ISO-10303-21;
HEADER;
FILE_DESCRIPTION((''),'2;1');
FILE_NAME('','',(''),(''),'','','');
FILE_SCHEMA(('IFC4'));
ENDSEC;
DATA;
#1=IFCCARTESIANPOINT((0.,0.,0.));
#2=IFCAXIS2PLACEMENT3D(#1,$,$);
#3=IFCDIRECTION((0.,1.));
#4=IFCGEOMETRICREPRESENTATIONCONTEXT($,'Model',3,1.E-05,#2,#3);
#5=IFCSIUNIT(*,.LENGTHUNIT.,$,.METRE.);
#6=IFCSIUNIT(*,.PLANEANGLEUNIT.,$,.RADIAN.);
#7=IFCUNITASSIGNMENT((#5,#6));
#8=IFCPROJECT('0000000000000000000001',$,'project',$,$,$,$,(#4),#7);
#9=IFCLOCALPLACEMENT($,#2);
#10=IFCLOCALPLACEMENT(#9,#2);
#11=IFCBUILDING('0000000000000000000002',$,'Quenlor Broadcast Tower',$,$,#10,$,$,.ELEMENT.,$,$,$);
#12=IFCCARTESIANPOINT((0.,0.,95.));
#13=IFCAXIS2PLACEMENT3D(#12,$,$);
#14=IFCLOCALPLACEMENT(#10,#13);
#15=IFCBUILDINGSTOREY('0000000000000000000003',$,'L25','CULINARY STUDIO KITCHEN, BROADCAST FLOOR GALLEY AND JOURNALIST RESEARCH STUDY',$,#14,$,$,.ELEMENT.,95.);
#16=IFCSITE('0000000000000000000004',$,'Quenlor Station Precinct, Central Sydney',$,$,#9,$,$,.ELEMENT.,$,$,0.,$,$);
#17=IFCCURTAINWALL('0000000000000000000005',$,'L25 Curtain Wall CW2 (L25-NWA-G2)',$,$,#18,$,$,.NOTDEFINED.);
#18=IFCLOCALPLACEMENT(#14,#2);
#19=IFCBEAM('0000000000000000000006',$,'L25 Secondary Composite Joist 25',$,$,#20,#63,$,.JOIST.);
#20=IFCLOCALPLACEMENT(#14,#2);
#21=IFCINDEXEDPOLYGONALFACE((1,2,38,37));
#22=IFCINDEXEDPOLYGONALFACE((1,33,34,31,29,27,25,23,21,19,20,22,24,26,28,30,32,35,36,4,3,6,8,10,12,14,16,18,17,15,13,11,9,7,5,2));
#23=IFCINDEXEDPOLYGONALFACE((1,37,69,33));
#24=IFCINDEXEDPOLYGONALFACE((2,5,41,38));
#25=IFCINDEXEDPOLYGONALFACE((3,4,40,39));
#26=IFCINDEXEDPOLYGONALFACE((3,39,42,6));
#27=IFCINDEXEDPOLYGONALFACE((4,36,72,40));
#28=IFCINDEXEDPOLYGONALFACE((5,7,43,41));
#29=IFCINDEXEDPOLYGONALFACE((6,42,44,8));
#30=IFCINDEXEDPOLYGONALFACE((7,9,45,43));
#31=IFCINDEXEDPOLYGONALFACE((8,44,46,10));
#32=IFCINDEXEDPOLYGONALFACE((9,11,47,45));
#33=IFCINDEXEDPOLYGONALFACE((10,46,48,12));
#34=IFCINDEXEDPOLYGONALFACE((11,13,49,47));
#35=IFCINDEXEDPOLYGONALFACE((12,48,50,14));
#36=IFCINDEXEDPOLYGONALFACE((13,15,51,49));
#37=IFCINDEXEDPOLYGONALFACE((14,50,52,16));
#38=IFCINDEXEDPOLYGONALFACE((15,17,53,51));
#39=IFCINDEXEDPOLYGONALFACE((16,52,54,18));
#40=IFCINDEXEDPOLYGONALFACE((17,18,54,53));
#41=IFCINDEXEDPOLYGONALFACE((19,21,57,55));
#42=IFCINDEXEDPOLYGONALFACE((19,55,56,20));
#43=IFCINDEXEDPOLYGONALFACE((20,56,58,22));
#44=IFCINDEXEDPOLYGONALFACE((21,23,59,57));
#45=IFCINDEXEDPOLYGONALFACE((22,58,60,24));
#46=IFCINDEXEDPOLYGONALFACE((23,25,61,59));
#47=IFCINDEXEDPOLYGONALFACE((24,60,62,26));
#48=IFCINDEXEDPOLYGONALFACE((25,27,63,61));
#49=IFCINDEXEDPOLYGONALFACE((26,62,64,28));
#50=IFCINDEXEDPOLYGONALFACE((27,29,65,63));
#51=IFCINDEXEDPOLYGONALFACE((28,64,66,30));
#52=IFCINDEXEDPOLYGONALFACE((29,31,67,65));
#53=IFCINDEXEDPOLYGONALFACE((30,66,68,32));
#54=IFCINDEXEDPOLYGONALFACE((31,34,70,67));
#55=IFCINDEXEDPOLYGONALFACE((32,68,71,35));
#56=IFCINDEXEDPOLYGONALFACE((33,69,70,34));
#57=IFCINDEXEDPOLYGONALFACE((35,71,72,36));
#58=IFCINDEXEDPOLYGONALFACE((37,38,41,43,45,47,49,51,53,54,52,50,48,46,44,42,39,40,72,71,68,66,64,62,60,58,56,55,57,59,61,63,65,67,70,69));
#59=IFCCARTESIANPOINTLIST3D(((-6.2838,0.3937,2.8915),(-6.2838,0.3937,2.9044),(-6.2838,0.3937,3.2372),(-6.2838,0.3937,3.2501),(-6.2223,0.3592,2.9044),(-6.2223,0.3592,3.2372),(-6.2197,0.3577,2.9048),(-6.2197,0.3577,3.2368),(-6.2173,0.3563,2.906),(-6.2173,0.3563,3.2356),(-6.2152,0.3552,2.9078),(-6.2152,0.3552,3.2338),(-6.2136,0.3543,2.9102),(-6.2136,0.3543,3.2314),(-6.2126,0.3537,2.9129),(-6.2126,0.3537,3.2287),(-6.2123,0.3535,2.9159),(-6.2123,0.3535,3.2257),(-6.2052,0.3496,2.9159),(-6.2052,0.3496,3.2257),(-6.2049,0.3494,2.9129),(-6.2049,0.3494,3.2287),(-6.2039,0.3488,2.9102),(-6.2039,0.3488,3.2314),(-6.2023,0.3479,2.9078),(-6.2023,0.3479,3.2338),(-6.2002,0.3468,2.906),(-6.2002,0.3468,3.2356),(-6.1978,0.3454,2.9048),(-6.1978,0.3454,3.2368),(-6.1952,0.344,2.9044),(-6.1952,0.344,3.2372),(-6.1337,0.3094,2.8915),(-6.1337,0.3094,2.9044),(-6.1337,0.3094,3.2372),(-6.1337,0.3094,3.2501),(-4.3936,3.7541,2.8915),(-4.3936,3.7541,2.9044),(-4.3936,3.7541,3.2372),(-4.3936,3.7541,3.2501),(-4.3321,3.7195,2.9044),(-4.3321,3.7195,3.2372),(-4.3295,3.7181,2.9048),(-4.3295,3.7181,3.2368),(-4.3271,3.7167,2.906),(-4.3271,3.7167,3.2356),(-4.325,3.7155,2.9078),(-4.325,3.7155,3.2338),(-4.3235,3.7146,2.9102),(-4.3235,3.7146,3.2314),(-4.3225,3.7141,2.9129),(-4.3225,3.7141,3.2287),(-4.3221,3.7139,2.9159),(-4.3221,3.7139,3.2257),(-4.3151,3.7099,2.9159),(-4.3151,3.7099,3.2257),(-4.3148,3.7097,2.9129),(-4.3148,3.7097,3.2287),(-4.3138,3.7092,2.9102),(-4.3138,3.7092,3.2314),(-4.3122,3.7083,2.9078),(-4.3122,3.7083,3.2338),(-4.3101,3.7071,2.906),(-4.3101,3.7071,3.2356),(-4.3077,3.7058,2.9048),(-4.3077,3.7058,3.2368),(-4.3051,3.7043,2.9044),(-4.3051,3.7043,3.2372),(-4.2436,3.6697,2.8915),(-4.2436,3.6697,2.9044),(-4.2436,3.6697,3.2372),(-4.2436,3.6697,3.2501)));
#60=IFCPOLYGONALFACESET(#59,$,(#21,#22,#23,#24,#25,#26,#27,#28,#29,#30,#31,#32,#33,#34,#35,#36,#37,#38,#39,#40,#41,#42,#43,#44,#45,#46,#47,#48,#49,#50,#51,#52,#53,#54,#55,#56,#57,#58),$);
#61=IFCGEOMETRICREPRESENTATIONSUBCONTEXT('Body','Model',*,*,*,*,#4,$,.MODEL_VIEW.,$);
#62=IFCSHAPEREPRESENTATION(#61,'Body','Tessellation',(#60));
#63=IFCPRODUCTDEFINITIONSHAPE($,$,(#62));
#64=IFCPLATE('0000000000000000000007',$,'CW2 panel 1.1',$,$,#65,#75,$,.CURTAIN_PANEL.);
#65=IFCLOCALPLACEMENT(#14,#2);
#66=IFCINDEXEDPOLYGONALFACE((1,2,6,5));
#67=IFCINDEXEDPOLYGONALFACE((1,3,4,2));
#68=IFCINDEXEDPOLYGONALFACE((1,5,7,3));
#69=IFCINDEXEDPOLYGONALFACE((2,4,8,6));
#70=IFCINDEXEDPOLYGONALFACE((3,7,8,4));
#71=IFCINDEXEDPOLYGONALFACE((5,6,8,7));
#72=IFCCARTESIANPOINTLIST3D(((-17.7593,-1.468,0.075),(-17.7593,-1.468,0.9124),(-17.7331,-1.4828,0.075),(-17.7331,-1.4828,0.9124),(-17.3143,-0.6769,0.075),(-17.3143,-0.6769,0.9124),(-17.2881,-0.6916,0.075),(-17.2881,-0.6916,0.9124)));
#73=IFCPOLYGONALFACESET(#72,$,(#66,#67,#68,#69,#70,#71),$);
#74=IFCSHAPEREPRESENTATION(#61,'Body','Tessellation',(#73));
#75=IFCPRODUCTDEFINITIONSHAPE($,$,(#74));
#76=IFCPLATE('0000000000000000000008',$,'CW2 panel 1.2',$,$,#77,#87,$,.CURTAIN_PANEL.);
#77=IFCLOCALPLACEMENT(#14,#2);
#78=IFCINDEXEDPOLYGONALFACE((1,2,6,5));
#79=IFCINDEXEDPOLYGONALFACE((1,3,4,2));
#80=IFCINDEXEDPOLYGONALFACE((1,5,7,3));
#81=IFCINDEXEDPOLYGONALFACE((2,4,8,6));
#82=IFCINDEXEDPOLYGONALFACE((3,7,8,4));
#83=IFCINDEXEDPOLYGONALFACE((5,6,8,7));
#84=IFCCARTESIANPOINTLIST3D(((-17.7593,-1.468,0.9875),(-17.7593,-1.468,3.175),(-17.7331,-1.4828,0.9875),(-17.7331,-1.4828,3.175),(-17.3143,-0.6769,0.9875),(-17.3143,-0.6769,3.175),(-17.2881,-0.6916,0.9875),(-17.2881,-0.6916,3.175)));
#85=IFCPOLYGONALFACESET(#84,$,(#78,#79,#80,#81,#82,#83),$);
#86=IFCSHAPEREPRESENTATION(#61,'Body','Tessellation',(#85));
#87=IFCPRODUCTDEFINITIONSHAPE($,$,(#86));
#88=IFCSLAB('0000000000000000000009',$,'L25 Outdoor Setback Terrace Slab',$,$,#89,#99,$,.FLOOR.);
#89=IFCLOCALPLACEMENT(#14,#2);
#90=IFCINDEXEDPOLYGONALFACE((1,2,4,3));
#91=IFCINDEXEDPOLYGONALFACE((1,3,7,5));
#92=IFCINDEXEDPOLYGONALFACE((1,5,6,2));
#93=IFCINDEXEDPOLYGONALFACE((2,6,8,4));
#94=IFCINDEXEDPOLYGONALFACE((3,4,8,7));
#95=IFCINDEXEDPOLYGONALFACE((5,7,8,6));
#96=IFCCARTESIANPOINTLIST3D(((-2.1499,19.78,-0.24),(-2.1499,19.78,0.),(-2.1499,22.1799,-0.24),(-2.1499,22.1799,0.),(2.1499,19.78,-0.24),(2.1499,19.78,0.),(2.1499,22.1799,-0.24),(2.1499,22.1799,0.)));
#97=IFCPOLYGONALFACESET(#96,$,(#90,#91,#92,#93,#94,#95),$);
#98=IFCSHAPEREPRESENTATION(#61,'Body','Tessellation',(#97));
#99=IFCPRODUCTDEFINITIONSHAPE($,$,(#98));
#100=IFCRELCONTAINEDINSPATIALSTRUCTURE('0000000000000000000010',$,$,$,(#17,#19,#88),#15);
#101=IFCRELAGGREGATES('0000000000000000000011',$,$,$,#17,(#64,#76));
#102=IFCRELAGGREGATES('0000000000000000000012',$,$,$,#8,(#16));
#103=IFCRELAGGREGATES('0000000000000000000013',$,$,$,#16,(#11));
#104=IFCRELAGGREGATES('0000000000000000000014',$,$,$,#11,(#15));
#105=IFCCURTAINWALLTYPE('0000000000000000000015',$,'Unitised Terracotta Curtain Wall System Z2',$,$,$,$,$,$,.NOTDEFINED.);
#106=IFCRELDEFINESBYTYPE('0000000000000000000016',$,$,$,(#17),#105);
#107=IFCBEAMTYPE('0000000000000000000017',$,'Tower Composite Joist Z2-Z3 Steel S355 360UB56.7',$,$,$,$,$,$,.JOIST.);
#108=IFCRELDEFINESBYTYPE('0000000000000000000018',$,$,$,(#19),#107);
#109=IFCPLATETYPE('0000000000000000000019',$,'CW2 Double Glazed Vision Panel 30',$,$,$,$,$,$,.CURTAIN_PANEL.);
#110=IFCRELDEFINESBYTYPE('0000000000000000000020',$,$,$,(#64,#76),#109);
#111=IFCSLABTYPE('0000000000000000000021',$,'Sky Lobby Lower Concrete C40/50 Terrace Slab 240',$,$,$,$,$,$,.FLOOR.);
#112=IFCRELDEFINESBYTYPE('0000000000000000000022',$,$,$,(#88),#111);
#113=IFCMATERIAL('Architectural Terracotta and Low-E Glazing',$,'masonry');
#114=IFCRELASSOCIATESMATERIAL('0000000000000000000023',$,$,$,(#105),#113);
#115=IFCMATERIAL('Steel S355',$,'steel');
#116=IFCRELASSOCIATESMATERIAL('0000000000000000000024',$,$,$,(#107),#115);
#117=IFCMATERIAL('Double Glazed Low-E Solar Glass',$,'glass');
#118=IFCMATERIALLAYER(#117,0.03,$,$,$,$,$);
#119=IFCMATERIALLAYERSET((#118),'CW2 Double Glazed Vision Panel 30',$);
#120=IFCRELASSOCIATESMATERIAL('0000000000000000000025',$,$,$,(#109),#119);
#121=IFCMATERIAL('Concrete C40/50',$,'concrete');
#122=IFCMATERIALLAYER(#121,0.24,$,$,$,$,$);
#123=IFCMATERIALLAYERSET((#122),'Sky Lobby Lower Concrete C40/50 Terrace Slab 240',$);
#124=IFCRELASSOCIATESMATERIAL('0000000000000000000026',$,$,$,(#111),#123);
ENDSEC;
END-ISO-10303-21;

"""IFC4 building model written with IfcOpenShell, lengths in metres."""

from ifc_helpers import new_model, si_unit, direction, frame, origin, origin_2d, place, context, subcontext, project, spatial, polyline, rectangle, i_section, outline, extrude, material, layer, layer_set, material_profile, profile_set, type_object, element, aggregate, save


model = new_model("IFC4")

# Units and contexts
model_context = context("Model", 3, precision=1e-05, world=origin(), true_north=direction((0.0, 1.0)))
body_context = subcontext(model_context, "Body", "Model", "MODEL_VIEW")
ifc_project = project(units=[si_unit("LENGTHUNIT", "METRE"), si_unit("PLANEANGLEUNIT", "RADIAN")], contexts=[model_context])

# Site, building, storey
site_placement = place(None, origin())
site = spatial("IfcSite", under=ifc_project, at=site_placement, Name="Quenlor Station Precinct, Central Sydney", CompositionType="ELEMENT", RefElevation=0.0)
building_placement = place(site_placement, origin())
building = spatial("IfcBuilding", under=site, at=building_placement, Name="Quenlor Broadcast Tower", CompositionType="ELEMENT")
storey_placement = place(building_placement, frame((0.0, 0.0, 95.0)))
storey = spatial("IfcBuildingStorey", under=building, at=storey_placement, Name="L25", Description="CULINARY STUDIO KITCHEN, BROADCAST FLOOR GALLEY AND JOURNALIST RESEARCH STUDY", CompositionType="ELEMENT", Elevation=95.0)

# Curtain wall
ifc_material_1 = material(Name="Architectural Terracotta and Low-E Glazing", Category="masonry")
curtain_wall_type = type_object("IfcCurtainWallType", Name="Unitised Terracotta Curtain Wall System Z2", PredefinedType="NOTDEFINED", material=ifc_material_1)
curtain_wall_placement = place(storey_placement, origin())
curtain_wall = element("IfcCurtainWall", 1, at=curtain_wall_placement, inside=storey, type_object=curtain_wall_type, Name="L25 Curtain Wall CW2 (L25-NWA-G2)", PredefinedType="NOTDEFINED")

# Beam
ifc_material_2 = material(Name="Steel S355", Category="steel")
ifc_material_profile_1 = material_profile(ifc_material_2, i_section(OverallWidth=0.1721, OverallDepth=0.3586, WebThickness=0.0081, FlangeThickness=0.0129, FilletRadius=0.0115, at=origin_2d()))
ifc_profile_set_1 = profile_set([ifc_material_profile_1], Name="Steel S355 360UB56.7")
beam_type_1 = type_object("IfcBeamType", Name="Tower Composite Joist Z2-Z3 Steel S355 360UB56.7", PredefinedType="JOIST", material=ifc_profile_set_1)
beam_1_placement = place(storey_placement, frame((-4.3186, 3.7119, 3.0708), z_axis=(-0.490249, -0.871582, 0.0), x_axis=(0.871582, -0.490249, 0.0)))
element("IfcBeam", 2, at=beam_1_placement, inside=storey, type_object=beam_type_1, Name="L25 Secondary Composite Joist 25", PredefinedType="JOIST", context=body_context, shape_type="SweptSolid", body=[
    extrude(i_section(OverallWidth=0.1721, OverallDepth=0.3586, WebThickness=0.0081, FlangeThickness=0.0129, FilletRadius=0.0115, at=origin_2d()), origin(), (0.0, 0.0, 1.0), 3.8555),
])

# Plates
ifc_material_3 = material(Name="Double Glazed Low-E Solar Glass", Category="glass")
ifc_layer_1 = layer(ifc_material_3, 0.03)
ifc_layer_set_1 = layer_set([ifc_layer_1], Name="CW2 Double Glazed Vision Panel 30")
plate_type_1 = type_object("IfcPlateType", Name="CW2 Double Glazed Vision Panel 30", PredefinedType="CURTAIN_PANEL", material=ifc_layer_set_1)
plate_1_placement = place(storey_placement, frame((-17.5237, -1.0798, 0.075), z_axis=(0.0, 0.0, 1.0), x_axis=(0.490252, 0.871581, 0.0)))
plate_1 = element("IfcPlate", 3, at=plate_1_placement, type_object=plate_type_1, Name="CW2 panel 1.1", PredefinedType="CURTAIN_PANEL", context=body_context, shape_type="SweptSolid", body=[
    extrude(rectangle(XDim=0.9077, YDim=0.03, at=origin_2d()), origin(), (0.0, 0.0, 1.0), 0.8374),
])
plate_2_placement = place(storey_placement, frame((-17.5237, -1.0798, 0.9875), z_axis=(0.0, 0.0, 1.0), x_axis=(0.490252, 0.871581, 0.0)))
plate_2 = element("IfcPlate", 4, at=plate_2_placement, type_object=plate_type_1, Name="CW2 panel 1.2", PredefinedType="CURTAIN_PANEL", context=body_context, shape_type="SweptSolid", body=[
    extrude(rectangle(XDim=0.9077, YDim=0.03, at=origin_2d()), origin(), (0.0, 0.0, 1.0), 2.1875),
])
aggregate(curtain_wall, [plate_1, plate_2])

# Slab
ifc_material_4 = material(Name="Concrete C40/50", Category="concrete")
ifc_layer_2 = layer(ifc_material_4, 0.24)
ifc_layer_set_2 = layer_set([ifc_layer_2], Name="Sky Lobby Lower Concrete C40/50 Terrace Slab 240")
slab_type_1 = type_object("IfcSlabType", Name="Sky Lobby Lower Concrete C40/50 Terrace Slab 240", PredefinedType="FLOOR", material=ifc_layer_set_2)
slab_1_placement = place(storey_placement, frame((0.0, 0.0, -0.24)))
element("IfcSlab", 5, at=slab_1_placement, inside=storey, type_object=slab_type_1, Name="L25 Outdoor Setback Terrace Slab", PredefinedType="FLOOR", context=body_context, shape_type="SweptSolid", body=[
    extrude(outline(polyline([(-2.1499, 19.78), (2.1499, 19.78), (2.1499, 22.1799), (-2.1499, 22.1799), (-2.1499, 19.78)])), origin(), (0.0, 0.0, 1.0), 0.24),
])

save(model, "model.ifc")
